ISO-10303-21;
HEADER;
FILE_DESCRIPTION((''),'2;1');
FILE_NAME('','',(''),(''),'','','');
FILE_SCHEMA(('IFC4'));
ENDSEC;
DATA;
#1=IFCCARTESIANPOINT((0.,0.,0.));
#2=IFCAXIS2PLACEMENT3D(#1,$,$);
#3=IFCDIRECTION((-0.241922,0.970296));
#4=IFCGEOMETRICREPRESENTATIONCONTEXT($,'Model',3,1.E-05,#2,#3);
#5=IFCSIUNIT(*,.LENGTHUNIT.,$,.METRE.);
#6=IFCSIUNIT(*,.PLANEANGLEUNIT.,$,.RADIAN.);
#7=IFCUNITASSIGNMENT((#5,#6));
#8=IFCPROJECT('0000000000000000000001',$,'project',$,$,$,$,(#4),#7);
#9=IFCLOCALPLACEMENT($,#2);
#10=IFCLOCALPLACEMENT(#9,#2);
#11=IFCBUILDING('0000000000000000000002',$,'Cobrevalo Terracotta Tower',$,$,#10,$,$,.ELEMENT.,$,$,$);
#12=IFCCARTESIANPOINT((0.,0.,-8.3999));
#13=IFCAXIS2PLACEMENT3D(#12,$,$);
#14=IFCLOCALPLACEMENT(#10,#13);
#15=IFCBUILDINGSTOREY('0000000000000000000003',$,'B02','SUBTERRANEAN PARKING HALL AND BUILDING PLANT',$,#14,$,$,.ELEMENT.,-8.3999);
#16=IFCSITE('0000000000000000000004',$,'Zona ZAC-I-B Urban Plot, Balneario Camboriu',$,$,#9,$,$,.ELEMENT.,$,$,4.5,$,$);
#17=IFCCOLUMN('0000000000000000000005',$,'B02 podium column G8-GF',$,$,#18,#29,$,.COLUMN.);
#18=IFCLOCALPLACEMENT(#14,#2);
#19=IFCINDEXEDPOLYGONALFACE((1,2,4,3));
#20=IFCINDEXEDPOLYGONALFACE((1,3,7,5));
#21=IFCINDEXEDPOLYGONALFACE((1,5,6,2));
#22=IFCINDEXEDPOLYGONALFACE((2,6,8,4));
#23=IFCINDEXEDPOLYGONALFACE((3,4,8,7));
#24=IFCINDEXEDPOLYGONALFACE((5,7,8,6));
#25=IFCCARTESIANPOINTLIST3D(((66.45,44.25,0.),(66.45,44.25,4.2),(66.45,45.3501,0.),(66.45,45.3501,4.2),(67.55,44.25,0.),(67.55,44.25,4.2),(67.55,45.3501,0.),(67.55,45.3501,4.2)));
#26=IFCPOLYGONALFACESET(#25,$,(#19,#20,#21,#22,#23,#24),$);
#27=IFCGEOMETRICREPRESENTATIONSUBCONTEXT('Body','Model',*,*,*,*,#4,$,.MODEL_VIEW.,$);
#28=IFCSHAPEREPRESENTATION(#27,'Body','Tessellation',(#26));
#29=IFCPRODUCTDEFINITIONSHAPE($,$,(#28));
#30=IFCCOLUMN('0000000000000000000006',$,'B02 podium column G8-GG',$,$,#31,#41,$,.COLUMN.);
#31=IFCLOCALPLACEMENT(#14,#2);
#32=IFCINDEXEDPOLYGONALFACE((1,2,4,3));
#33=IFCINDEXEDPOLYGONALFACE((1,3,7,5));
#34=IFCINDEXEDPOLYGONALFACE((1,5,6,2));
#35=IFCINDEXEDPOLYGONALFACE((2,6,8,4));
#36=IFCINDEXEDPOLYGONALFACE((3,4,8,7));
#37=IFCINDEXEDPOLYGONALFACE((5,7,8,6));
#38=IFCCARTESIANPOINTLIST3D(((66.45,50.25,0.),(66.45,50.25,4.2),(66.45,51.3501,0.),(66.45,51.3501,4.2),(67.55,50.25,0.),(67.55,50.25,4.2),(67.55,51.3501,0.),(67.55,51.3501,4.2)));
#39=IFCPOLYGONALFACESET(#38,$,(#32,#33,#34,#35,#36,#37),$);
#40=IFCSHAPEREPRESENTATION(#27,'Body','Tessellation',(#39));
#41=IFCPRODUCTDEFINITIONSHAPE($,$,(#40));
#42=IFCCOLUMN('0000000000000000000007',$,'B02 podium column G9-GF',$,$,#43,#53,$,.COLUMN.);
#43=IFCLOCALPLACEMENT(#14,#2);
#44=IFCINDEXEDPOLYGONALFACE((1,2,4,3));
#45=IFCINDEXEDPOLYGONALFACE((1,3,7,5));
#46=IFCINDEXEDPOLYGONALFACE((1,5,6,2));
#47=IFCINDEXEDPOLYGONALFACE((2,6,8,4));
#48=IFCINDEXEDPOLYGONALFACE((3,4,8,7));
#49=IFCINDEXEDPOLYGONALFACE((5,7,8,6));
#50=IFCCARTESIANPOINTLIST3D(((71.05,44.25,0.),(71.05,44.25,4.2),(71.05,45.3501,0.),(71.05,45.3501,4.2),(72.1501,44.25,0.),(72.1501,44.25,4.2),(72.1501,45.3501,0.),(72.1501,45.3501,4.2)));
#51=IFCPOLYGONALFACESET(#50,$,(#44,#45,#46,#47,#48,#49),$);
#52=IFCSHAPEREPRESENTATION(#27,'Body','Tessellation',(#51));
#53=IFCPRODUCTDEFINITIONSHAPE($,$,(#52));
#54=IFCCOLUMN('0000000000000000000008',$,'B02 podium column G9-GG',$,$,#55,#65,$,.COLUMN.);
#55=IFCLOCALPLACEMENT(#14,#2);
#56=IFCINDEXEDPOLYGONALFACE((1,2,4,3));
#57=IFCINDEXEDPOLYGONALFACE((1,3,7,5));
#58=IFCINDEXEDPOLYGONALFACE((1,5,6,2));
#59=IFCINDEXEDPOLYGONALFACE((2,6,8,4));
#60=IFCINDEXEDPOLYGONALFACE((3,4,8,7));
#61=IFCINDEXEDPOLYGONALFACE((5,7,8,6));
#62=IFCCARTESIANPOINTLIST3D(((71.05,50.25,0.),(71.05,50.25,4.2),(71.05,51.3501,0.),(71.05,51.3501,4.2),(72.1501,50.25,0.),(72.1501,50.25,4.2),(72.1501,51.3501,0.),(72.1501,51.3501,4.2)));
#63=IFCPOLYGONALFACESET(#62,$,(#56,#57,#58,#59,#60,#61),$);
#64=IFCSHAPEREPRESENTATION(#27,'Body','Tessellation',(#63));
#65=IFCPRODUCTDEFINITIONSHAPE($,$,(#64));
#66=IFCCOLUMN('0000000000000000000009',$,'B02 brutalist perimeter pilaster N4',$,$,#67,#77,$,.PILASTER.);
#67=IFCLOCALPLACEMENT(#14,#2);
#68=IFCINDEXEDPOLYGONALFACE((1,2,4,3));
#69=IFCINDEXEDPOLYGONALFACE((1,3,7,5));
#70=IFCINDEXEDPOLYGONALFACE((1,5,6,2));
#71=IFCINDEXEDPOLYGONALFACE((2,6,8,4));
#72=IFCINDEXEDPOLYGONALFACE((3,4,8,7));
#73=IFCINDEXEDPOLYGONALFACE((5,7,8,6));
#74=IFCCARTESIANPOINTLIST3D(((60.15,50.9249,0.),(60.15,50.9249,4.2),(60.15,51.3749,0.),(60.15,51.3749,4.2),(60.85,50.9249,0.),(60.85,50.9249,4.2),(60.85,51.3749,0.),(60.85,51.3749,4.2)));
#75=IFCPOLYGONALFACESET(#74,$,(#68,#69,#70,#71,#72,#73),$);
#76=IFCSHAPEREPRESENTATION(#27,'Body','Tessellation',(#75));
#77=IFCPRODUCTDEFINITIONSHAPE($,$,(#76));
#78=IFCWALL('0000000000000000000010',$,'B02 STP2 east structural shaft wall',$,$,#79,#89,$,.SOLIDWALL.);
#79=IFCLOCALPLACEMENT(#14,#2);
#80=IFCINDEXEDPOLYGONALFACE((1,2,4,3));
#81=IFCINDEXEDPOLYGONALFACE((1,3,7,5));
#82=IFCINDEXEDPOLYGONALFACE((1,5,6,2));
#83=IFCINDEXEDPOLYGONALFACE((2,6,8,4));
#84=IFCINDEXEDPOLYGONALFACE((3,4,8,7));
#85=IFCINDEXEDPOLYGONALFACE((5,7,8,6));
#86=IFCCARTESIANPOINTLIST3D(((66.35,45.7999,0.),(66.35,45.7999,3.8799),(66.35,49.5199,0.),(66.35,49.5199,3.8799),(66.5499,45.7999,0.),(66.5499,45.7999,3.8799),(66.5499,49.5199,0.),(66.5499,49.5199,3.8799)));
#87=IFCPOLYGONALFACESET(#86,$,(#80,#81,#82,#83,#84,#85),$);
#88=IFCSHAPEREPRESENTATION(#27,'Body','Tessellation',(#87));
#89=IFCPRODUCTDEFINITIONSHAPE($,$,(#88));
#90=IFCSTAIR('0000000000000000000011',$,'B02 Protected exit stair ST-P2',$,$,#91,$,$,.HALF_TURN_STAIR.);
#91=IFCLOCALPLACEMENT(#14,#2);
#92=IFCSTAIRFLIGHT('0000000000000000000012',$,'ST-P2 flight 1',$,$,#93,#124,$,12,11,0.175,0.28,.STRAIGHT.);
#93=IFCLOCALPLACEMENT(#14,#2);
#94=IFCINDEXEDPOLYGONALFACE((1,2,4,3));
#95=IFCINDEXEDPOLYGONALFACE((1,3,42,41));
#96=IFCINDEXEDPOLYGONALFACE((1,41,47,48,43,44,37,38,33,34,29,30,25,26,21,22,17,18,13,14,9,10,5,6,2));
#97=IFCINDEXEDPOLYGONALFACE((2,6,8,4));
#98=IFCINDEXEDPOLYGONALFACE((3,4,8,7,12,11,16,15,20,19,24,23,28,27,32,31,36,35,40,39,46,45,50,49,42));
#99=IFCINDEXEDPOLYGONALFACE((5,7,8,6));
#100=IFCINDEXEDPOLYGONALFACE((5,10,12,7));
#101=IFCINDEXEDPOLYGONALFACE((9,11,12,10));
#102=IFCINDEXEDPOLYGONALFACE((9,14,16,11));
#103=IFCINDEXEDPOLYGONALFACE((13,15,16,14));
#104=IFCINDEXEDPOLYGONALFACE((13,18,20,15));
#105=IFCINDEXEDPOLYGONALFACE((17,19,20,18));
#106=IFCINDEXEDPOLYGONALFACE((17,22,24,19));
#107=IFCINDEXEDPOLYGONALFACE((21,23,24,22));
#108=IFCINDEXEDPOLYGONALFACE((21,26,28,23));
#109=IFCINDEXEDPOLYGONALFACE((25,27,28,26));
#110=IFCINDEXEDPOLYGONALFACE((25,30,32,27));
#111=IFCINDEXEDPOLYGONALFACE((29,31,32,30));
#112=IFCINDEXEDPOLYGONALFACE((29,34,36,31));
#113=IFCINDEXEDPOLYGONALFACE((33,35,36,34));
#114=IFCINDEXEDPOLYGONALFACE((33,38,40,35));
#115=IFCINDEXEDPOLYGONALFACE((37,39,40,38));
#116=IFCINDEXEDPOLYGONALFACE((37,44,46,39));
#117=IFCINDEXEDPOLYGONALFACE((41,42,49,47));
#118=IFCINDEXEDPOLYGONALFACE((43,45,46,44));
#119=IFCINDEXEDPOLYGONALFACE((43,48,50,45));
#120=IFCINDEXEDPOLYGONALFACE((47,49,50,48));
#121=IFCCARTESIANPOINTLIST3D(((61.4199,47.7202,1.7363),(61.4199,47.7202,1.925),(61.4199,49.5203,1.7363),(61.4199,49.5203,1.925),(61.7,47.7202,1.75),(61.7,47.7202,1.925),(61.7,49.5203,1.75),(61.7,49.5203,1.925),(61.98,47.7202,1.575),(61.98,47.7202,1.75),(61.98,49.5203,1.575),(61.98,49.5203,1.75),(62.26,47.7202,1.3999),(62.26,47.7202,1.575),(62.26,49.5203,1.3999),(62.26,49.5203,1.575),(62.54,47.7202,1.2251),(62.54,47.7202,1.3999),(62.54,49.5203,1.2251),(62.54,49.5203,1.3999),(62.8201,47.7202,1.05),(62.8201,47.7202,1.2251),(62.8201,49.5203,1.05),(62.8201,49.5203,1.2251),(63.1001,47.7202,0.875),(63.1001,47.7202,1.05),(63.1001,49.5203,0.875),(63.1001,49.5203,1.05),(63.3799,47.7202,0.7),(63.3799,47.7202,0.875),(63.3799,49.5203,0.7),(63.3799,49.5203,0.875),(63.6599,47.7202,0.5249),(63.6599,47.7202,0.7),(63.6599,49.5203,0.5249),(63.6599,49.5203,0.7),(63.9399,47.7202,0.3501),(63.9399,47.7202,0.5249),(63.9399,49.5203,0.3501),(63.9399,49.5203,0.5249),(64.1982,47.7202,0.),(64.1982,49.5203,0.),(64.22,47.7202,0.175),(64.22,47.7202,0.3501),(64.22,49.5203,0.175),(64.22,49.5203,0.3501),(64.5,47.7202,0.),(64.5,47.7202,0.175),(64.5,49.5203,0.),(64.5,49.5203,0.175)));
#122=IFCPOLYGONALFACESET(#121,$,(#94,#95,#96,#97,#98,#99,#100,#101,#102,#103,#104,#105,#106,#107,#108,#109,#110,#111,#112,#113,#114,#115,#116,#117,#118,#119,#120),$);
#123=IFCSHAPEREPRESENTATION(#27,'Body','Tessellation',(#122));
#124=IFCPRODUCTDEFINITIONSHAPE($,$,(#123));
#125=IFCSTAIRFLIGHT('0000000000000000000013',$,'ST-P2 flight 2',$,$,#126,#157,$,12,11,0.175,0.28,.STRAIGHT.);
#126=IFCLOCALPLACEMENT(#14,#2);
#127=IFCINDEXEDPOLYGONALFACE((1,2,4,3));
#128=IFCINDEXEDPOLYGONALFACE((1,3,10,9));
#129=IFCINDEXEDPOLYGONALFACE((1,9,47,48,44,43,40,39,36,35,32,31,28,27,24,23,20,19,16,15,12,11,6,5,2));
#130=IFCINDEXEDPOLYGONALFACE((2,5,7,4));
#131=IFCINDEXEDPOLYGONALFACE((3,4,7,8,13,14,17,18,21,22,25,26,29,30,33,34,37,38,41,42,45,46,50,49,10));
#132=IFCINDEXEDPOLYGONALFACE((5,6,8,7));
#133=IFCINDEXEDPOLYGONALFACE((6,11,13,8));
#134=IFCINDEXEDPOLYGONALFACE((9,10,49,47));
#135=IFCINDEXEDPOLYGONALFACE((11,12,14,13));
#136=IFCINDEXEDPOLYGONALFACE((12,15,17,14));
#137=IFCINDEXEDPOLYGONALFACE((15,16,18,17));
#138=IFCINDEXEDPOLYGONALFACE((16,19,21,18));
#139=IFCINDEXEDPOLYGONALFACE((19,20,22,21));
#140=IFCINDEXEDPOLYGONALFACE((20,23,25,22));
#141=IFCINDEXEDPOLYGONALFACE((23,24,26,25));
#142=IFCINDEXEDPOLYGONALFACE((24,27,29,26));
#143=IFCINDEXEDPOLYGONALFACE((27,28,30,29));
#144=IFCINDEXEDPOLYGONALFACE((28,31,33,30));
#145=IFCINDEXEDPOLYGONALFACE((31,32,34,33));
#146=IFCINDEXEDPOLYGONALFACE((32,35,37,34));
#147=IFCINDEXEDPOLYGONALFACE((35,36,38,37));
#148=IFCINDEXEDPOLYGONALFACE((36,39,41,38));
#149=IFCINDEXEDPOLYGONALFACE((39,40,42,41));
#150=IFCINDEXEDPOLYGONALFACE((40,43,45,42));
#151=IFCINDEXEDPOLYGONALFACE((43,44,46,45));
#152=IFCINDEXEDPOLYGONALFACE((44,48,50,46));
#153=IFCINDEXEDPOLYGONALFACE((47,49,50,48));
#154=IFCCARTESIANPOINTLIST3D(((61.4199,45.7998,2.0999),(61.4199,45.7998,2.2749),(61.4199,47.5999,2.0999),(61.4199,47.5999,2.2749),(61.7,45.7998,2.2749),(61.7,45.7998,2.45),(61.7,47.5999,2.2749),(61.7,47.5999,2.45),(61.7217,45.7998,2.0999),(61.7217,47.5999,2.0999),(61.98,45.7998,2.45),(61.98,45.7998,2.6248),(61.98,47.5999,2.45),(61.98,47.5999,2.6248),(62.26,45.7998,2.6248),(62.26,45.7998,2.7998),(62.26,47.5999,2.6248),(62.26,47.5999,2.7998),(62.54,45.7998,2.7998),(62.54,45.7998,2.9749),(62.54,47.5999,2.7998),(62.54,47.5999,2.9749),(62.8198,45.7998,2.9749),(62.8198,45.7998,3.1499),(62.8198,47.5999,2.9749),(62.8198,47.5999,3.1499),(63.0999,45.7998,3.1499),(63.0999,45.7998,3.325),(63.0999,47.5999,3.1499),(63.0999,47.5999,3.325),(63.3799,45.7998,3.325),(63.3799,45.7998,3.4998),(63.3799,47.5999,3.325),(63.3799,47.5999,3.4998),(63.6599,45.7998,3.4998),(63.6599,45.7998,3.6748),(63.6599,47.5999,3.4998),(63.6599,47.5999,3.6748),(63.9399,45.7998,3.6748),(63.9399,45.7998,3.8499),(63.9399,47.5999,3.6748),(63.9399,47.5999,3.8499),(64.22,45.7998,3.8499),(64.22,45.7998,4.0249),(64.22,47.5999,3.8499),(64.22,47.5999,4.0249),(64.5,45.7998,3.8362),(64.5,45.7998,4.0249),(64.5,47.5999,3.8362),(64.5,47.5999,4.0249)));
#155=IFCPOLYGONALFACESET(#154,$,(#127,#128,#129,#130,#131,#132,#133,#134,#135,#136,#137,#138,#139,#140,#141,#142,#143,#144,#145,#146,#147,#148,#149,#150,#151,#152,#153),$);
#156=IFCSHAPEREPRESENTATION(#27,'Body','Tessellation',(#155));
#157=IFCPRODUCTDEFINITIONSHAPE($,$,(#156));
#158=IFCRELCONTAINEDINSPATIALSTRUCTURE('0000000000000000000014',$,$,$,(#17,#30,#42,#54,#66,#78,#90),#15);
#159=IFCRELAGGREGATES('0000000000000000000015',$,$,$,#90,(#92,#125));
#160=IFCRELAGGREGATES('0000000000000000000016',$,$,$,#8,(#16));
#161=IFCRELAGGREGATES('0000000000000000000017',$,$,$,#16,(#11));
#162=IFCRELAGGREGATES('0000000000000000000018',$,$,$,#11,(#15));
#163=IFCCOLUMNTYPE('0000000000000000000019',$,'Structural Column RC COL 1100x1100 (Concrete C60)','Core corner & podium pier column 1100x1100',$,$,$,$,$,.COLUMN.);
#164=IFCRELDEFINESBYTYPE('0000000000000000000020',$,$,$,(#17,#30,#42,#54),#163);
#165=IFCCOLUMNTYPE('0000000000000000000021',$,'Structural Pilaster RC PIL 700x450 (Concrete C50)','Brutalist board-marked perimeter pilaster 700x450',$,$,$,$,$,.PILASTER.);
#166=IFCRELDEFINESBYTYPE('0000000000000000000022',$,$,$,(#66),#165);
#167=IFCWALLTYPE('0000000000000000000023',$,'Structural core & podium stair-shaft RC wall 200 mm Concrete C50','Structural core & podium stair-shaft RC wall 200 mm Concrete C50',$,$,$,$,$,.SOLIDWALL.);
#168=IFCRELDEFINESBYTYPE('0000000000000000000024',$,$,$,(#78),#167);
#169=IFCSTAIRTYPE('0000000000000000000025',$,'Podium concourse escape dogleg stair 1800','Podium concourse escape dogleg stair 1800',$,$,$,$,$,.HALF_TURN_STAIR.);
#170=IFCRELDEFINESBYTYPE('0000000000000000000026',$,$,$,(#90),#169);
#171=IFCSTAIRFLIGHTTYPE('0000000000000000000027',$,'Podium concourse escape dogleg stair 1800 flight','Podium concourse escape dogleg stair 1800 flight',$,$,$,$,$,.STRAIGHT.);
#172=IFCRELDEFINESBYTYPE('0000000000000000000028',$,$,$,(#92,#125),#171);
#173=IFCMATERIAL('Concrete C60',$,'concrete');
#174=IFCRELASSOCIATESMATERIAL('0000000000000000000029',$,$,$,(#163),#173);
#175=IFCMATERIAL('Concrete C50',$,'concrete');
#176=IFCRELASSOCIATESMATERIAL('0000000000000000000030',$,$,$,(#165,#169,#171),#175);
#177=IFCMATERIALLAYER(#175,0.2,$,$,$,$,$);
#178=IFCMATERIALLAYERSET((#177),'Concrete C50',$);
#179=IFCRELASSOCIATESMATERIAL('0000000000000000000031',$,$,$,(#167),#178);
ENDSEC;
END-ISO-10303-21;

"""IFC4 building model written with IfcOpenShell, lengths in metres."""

from ifc_helpers import new_model, si_unit, direction, frame, frame_2d, origin, origin_2d, place, context, subcontext, project, spatial, polyline, rectangle, outline, extrude, material, layer, layer_set, material_profile, profile_set, type_object, element, aggregate, save


model = new_model("IFC4")

# Units and contexts
model_context = context("Model", 3, precision=1e-05, world=origin(), true_north=direction((-0.241922, 0.970296)))
body_context = subcontext(model_context, "Body", "Model", "MODEL_VIEW")
ifc_project = project(units=[si_unit("LENGTHUNIT", "METRE"), si_unit("PLANEANGLEUNIT", "RADIAN")], contexts=[model_context])

# Site, building, storey
site_placement = place(None, origin())
site = spatial("IfcSite", under=ifc_project, at=site_placement, Name="Zona ZAC-I-B Urban Plot, Balneario Camboriu", CompositionType="ELEMENT", RefElevation=4.5)
building_placement = place(site_placement, origin())
building = spatial("IfcBuilding", under=site, at=building_placement, Name="Cobrevalo Terracotta Tower", CompositionType="ELEMENT")
storey_placement = place(building_placement, frame((0.0, 0.0, -8.3999)))
storey = spatial("IfcBuildingStorey", under=building, at=storey_placement, Name="B02", Description="SUBTERRANEAN PARKING HALL AND BUILDING PLANT", CompositionType="ELEMENT", Elevation=-8.3999)

# Shared definitions
ifc_material_1 = material(Name="Concrete C50", Category="concrete")

# Columns
ifc_material_2 = material(Name="Concrete C60", Category="concrete")
ifc_material_profile_1 = material_profile(ifc_material_2, rectangle(XDim=1.1001, YDim=1.1001, at=origin_2d()), Name="RC COL 1100x1100")
ifc_profile_set_1 = profile_set([ifc_material_profile_1], Name="Concrete C60")
column_type_1 = type_object("IfcColumnType", Name="Structural Column RC COL 1100x1100 (Concrete C60)", Description="Core corner & podium pier column 1100x1100", PredefinedType="COLUMN", material=ifc_profile_set_1)
for number, where, z_axis, x_axis, name in (
    (1, (67.0, 44.8, 0.0), (0.0, 0.0, 1.0), (1.0, 0.0, 0.0), "B02 podium column G8-GF"),
    (2, (67.0, 50.8, 0.0), (0.0, 0.0, 1.0), (1.0, 0.0, 0.0), "B02 podium column G8-GG"),
    (3, (71.6001, 44.8, 0.0), (0.0, 0.0, 1.0), (1.0, 0.0, 0.0), "B02 podium column G9-GF"),
    (4, (71.6001, 50.8, 0.0), (0.0, 0.0, 1.0), (1.0, 0.0, 0.0), "B02 podium column G9-GG"),
):
    element("IfcColumn", number, at=place(storey_placement, frame(where, z_axis=z_axis, x_axis=x_axis)), inside=storey, type_object=column_type_1, Name=name, PredefinedType="COLUMN", context=body_context, shape_type="SweptSolid", body=[
        extrude(rectangle(XDim=1.1001, YDim=1.1001, at=origin_2d()), origin(), (0.0, 0.0, 1.0), 4.2),
    ])
ifc_material_profile_2 = material_profile(ifc_material_1, rectangle(XDim=0.7, YDim=0.45, at=origin_2d()), Name="RC PIL 700x450")
ifc_profile_set_2 = profile_set([ifc_material_profile_2], Name="Concrete C50")
column_type_2 = type_object("IfcColumnType", Name="Structural Pilaster RC PIL 700x450 (Concrete C50)", Description="Brutalist board-marked perimeter pilaster 700x450", PredefinedType="PILASTER", material=ifc_profile_set_2)
column_placement = place(storey_placement, frame((60.5, 51.1499, 0.0), z_axis=(0.0, 0.0, 1.0), x_axis=(1.0, 0.0, 0.0)))
element("IfcColumn", 5, at=column_placement, inside=storey, type_object=column_type_2, Name="B02 brutalist perimeter pilaster N4", PredefinedType="PILASTER", context=body_context, shape_type="SweptSolid", body=[
    extrude(rectangle(XDim=0.7, YDim=0.45, at=origin_2d()), origin(), (0.0, 0.0, 1.0), 4.2),
])

# Wall
ifc_layer = layer(ifc_material_1, 0.2)
ifc_layer_set = layer_set([ifc_layer], Name="Concrete C50")
wall_type = type_object("IfcWallType", Name="Structural core & podium stair-shaft RC wall 200 mm Concrete C50", Description="Structural core & podium stair-shaft RC wall 200 mm Concrete C50", PredefinedType="SOLIDWALL", material=ifc_layer_set)
wall_placement = place(storey_placement, frame((66.45, 45.8, 0.0), z_axis=(0.0, 0.0, 1.0), x_axis=(0.0, 1.0, 0.0)))
element("IfcWall", 6, at=wall_placement, inside=storey, type_object=wall_type, Name="B02 STP2 east structural shaft wall", PredefinedType="SOLIDWALL", context=body_context, shape_type="SweptSolid", body=[
    extrude(rectangle(XDim=3.72, YDim=0.2, at=frame_2d((1.8599, 0.0))), origin(), (0.0, 0.0, 1.0), 3.8799),
])

# Stair, stair flights
stair_type = type_object("IfcStairType", Name="Podium concourse escape dogleg stair 1800", Description="Podium concourse escape dogleg stair 1800", PredefinedType="HALF_TURN_STAIR", material=ifc_material_1)
stair_placement = place(storey_placement, origin())
stair = element("IfcStair", 7, at=stair_placement, inside=storey, type_object=stair_type, Name="B02 Protected exit stair ST-P2", PredefinedType="HALF_TURN_STAIR")
stair_flight_type = type_object("IfcStairFlightType", Name="Podium concourse escape dogleg stair 1800 flight", Description="Podium concourse escape dogleg stair 1800 flight", PredefinedType="STRAIGHT", material=ifc_material_1)
stair_flight_1_placement = place(storey_placement, frame((64.5, 48.6201, 0.0), z_axis=(0.0, 0.0, 1.0), x_axis=(-1.0, 0.0, 0.0)))
stair_flight_1 = element("IfcStairFlight", 8, at=stair_flight_1_placement, type_object=stair_flight_type, Name="ST-P2 flight 1", NumberOfRisers=12, NumberOfTreads=11, PredefinedType="STRAIGHT", RiserHeight=0.175, TreadLength=0.28, context=body_context, shape_type="SweptSolid", body=[
    extrude(outline(polyline([(0.0, 0.0), (0.0, 0.175), (0.28, 0.175), (0.28, 0.3501), (0.5601, 0.3501), (0.5601, 0.5249), (0.8401, 0.5249), (0.8401, 0.7), (1.1201, 0.7), (1.1201, 0.875), (1.3999, 0.875), (1.3999, 1.05), (1.6799, 1.05), (1.6799, 1.2251), (1.96, 1.2251), (1.96, 1.3999), (2.24, 1.3999), (2.24, 1.575), (2.52, 1.575), (2.52, 1.75), (2.8, 1.75), (2.8, 1.925), (3.0801, 1.925), (3.0801, 2.1001), (3.0801, 1.7363), (0.3018, 0.0), (0.0, 0.0)])), frame((0.0, 0.8999, 0.0), z_axis=(0.0, -1.0, 0.0), x_axis=(1.0, 0.0, 0.0)), (0.0, 0.0, 1.0), 1.8),
])
stair_flight_2_placement = place(storey_placement, frame((61.4199, 46.7, 2.0999), z_axis=(0.0, 0.0, 1.0), x_axis=(1.0, 0.0, 0.0)))
stair_flight_2 = element("IfcStairFlight", 9, at=stair_flight_2_placement, type_object=stair_flight_type, Name="ST-P2 flight 2", NumberOfRisers=12, NumberOfTreads=11, PredefinedType="STRAIGHT", RiserHeight=0.175, TreadLength=0.28, context=body_context, shape_type="SweptSolid", body=[
    extrude(outline(polyline([(0.0, 0.0), (0.0, 0.175), (0.28, 0.175), (0.28, 0.3501), (0.5601, 0.3501), (0.5601, 0.5249), (0.8401, 0.5249), (0.8401, 0.7), (1.1201, 0.7), (1.1201, 0.875), (1.3999, 0.875), (1.3999, 1.05), (1.6799, 1.05), (1.6799, 1.2251), (1.96, 1.2251), (1.96, 1.3999), (2.24, 1.3999), (2.24, 1.575), (2.52, 1.575), (2.52, 1.75), (2.8, 1.75), (2.8, 1.925), (3.0801, 1.925), (3.0801, 2.1001), (3.0801, 1.7363), (0.3018, 0.0), (0.0, 0.0)])), frame((0.0, 0.8999, 0.0), z_axis=(0.0, -1.0, 0.0), x_axis=(1.0, 0.0, 0.0)), (0.0, 0.0, 1.0), 1.8),
])
aggregate(stair, [stair_flight_1, stair_flight_2])

save(model, "model.ifc")
